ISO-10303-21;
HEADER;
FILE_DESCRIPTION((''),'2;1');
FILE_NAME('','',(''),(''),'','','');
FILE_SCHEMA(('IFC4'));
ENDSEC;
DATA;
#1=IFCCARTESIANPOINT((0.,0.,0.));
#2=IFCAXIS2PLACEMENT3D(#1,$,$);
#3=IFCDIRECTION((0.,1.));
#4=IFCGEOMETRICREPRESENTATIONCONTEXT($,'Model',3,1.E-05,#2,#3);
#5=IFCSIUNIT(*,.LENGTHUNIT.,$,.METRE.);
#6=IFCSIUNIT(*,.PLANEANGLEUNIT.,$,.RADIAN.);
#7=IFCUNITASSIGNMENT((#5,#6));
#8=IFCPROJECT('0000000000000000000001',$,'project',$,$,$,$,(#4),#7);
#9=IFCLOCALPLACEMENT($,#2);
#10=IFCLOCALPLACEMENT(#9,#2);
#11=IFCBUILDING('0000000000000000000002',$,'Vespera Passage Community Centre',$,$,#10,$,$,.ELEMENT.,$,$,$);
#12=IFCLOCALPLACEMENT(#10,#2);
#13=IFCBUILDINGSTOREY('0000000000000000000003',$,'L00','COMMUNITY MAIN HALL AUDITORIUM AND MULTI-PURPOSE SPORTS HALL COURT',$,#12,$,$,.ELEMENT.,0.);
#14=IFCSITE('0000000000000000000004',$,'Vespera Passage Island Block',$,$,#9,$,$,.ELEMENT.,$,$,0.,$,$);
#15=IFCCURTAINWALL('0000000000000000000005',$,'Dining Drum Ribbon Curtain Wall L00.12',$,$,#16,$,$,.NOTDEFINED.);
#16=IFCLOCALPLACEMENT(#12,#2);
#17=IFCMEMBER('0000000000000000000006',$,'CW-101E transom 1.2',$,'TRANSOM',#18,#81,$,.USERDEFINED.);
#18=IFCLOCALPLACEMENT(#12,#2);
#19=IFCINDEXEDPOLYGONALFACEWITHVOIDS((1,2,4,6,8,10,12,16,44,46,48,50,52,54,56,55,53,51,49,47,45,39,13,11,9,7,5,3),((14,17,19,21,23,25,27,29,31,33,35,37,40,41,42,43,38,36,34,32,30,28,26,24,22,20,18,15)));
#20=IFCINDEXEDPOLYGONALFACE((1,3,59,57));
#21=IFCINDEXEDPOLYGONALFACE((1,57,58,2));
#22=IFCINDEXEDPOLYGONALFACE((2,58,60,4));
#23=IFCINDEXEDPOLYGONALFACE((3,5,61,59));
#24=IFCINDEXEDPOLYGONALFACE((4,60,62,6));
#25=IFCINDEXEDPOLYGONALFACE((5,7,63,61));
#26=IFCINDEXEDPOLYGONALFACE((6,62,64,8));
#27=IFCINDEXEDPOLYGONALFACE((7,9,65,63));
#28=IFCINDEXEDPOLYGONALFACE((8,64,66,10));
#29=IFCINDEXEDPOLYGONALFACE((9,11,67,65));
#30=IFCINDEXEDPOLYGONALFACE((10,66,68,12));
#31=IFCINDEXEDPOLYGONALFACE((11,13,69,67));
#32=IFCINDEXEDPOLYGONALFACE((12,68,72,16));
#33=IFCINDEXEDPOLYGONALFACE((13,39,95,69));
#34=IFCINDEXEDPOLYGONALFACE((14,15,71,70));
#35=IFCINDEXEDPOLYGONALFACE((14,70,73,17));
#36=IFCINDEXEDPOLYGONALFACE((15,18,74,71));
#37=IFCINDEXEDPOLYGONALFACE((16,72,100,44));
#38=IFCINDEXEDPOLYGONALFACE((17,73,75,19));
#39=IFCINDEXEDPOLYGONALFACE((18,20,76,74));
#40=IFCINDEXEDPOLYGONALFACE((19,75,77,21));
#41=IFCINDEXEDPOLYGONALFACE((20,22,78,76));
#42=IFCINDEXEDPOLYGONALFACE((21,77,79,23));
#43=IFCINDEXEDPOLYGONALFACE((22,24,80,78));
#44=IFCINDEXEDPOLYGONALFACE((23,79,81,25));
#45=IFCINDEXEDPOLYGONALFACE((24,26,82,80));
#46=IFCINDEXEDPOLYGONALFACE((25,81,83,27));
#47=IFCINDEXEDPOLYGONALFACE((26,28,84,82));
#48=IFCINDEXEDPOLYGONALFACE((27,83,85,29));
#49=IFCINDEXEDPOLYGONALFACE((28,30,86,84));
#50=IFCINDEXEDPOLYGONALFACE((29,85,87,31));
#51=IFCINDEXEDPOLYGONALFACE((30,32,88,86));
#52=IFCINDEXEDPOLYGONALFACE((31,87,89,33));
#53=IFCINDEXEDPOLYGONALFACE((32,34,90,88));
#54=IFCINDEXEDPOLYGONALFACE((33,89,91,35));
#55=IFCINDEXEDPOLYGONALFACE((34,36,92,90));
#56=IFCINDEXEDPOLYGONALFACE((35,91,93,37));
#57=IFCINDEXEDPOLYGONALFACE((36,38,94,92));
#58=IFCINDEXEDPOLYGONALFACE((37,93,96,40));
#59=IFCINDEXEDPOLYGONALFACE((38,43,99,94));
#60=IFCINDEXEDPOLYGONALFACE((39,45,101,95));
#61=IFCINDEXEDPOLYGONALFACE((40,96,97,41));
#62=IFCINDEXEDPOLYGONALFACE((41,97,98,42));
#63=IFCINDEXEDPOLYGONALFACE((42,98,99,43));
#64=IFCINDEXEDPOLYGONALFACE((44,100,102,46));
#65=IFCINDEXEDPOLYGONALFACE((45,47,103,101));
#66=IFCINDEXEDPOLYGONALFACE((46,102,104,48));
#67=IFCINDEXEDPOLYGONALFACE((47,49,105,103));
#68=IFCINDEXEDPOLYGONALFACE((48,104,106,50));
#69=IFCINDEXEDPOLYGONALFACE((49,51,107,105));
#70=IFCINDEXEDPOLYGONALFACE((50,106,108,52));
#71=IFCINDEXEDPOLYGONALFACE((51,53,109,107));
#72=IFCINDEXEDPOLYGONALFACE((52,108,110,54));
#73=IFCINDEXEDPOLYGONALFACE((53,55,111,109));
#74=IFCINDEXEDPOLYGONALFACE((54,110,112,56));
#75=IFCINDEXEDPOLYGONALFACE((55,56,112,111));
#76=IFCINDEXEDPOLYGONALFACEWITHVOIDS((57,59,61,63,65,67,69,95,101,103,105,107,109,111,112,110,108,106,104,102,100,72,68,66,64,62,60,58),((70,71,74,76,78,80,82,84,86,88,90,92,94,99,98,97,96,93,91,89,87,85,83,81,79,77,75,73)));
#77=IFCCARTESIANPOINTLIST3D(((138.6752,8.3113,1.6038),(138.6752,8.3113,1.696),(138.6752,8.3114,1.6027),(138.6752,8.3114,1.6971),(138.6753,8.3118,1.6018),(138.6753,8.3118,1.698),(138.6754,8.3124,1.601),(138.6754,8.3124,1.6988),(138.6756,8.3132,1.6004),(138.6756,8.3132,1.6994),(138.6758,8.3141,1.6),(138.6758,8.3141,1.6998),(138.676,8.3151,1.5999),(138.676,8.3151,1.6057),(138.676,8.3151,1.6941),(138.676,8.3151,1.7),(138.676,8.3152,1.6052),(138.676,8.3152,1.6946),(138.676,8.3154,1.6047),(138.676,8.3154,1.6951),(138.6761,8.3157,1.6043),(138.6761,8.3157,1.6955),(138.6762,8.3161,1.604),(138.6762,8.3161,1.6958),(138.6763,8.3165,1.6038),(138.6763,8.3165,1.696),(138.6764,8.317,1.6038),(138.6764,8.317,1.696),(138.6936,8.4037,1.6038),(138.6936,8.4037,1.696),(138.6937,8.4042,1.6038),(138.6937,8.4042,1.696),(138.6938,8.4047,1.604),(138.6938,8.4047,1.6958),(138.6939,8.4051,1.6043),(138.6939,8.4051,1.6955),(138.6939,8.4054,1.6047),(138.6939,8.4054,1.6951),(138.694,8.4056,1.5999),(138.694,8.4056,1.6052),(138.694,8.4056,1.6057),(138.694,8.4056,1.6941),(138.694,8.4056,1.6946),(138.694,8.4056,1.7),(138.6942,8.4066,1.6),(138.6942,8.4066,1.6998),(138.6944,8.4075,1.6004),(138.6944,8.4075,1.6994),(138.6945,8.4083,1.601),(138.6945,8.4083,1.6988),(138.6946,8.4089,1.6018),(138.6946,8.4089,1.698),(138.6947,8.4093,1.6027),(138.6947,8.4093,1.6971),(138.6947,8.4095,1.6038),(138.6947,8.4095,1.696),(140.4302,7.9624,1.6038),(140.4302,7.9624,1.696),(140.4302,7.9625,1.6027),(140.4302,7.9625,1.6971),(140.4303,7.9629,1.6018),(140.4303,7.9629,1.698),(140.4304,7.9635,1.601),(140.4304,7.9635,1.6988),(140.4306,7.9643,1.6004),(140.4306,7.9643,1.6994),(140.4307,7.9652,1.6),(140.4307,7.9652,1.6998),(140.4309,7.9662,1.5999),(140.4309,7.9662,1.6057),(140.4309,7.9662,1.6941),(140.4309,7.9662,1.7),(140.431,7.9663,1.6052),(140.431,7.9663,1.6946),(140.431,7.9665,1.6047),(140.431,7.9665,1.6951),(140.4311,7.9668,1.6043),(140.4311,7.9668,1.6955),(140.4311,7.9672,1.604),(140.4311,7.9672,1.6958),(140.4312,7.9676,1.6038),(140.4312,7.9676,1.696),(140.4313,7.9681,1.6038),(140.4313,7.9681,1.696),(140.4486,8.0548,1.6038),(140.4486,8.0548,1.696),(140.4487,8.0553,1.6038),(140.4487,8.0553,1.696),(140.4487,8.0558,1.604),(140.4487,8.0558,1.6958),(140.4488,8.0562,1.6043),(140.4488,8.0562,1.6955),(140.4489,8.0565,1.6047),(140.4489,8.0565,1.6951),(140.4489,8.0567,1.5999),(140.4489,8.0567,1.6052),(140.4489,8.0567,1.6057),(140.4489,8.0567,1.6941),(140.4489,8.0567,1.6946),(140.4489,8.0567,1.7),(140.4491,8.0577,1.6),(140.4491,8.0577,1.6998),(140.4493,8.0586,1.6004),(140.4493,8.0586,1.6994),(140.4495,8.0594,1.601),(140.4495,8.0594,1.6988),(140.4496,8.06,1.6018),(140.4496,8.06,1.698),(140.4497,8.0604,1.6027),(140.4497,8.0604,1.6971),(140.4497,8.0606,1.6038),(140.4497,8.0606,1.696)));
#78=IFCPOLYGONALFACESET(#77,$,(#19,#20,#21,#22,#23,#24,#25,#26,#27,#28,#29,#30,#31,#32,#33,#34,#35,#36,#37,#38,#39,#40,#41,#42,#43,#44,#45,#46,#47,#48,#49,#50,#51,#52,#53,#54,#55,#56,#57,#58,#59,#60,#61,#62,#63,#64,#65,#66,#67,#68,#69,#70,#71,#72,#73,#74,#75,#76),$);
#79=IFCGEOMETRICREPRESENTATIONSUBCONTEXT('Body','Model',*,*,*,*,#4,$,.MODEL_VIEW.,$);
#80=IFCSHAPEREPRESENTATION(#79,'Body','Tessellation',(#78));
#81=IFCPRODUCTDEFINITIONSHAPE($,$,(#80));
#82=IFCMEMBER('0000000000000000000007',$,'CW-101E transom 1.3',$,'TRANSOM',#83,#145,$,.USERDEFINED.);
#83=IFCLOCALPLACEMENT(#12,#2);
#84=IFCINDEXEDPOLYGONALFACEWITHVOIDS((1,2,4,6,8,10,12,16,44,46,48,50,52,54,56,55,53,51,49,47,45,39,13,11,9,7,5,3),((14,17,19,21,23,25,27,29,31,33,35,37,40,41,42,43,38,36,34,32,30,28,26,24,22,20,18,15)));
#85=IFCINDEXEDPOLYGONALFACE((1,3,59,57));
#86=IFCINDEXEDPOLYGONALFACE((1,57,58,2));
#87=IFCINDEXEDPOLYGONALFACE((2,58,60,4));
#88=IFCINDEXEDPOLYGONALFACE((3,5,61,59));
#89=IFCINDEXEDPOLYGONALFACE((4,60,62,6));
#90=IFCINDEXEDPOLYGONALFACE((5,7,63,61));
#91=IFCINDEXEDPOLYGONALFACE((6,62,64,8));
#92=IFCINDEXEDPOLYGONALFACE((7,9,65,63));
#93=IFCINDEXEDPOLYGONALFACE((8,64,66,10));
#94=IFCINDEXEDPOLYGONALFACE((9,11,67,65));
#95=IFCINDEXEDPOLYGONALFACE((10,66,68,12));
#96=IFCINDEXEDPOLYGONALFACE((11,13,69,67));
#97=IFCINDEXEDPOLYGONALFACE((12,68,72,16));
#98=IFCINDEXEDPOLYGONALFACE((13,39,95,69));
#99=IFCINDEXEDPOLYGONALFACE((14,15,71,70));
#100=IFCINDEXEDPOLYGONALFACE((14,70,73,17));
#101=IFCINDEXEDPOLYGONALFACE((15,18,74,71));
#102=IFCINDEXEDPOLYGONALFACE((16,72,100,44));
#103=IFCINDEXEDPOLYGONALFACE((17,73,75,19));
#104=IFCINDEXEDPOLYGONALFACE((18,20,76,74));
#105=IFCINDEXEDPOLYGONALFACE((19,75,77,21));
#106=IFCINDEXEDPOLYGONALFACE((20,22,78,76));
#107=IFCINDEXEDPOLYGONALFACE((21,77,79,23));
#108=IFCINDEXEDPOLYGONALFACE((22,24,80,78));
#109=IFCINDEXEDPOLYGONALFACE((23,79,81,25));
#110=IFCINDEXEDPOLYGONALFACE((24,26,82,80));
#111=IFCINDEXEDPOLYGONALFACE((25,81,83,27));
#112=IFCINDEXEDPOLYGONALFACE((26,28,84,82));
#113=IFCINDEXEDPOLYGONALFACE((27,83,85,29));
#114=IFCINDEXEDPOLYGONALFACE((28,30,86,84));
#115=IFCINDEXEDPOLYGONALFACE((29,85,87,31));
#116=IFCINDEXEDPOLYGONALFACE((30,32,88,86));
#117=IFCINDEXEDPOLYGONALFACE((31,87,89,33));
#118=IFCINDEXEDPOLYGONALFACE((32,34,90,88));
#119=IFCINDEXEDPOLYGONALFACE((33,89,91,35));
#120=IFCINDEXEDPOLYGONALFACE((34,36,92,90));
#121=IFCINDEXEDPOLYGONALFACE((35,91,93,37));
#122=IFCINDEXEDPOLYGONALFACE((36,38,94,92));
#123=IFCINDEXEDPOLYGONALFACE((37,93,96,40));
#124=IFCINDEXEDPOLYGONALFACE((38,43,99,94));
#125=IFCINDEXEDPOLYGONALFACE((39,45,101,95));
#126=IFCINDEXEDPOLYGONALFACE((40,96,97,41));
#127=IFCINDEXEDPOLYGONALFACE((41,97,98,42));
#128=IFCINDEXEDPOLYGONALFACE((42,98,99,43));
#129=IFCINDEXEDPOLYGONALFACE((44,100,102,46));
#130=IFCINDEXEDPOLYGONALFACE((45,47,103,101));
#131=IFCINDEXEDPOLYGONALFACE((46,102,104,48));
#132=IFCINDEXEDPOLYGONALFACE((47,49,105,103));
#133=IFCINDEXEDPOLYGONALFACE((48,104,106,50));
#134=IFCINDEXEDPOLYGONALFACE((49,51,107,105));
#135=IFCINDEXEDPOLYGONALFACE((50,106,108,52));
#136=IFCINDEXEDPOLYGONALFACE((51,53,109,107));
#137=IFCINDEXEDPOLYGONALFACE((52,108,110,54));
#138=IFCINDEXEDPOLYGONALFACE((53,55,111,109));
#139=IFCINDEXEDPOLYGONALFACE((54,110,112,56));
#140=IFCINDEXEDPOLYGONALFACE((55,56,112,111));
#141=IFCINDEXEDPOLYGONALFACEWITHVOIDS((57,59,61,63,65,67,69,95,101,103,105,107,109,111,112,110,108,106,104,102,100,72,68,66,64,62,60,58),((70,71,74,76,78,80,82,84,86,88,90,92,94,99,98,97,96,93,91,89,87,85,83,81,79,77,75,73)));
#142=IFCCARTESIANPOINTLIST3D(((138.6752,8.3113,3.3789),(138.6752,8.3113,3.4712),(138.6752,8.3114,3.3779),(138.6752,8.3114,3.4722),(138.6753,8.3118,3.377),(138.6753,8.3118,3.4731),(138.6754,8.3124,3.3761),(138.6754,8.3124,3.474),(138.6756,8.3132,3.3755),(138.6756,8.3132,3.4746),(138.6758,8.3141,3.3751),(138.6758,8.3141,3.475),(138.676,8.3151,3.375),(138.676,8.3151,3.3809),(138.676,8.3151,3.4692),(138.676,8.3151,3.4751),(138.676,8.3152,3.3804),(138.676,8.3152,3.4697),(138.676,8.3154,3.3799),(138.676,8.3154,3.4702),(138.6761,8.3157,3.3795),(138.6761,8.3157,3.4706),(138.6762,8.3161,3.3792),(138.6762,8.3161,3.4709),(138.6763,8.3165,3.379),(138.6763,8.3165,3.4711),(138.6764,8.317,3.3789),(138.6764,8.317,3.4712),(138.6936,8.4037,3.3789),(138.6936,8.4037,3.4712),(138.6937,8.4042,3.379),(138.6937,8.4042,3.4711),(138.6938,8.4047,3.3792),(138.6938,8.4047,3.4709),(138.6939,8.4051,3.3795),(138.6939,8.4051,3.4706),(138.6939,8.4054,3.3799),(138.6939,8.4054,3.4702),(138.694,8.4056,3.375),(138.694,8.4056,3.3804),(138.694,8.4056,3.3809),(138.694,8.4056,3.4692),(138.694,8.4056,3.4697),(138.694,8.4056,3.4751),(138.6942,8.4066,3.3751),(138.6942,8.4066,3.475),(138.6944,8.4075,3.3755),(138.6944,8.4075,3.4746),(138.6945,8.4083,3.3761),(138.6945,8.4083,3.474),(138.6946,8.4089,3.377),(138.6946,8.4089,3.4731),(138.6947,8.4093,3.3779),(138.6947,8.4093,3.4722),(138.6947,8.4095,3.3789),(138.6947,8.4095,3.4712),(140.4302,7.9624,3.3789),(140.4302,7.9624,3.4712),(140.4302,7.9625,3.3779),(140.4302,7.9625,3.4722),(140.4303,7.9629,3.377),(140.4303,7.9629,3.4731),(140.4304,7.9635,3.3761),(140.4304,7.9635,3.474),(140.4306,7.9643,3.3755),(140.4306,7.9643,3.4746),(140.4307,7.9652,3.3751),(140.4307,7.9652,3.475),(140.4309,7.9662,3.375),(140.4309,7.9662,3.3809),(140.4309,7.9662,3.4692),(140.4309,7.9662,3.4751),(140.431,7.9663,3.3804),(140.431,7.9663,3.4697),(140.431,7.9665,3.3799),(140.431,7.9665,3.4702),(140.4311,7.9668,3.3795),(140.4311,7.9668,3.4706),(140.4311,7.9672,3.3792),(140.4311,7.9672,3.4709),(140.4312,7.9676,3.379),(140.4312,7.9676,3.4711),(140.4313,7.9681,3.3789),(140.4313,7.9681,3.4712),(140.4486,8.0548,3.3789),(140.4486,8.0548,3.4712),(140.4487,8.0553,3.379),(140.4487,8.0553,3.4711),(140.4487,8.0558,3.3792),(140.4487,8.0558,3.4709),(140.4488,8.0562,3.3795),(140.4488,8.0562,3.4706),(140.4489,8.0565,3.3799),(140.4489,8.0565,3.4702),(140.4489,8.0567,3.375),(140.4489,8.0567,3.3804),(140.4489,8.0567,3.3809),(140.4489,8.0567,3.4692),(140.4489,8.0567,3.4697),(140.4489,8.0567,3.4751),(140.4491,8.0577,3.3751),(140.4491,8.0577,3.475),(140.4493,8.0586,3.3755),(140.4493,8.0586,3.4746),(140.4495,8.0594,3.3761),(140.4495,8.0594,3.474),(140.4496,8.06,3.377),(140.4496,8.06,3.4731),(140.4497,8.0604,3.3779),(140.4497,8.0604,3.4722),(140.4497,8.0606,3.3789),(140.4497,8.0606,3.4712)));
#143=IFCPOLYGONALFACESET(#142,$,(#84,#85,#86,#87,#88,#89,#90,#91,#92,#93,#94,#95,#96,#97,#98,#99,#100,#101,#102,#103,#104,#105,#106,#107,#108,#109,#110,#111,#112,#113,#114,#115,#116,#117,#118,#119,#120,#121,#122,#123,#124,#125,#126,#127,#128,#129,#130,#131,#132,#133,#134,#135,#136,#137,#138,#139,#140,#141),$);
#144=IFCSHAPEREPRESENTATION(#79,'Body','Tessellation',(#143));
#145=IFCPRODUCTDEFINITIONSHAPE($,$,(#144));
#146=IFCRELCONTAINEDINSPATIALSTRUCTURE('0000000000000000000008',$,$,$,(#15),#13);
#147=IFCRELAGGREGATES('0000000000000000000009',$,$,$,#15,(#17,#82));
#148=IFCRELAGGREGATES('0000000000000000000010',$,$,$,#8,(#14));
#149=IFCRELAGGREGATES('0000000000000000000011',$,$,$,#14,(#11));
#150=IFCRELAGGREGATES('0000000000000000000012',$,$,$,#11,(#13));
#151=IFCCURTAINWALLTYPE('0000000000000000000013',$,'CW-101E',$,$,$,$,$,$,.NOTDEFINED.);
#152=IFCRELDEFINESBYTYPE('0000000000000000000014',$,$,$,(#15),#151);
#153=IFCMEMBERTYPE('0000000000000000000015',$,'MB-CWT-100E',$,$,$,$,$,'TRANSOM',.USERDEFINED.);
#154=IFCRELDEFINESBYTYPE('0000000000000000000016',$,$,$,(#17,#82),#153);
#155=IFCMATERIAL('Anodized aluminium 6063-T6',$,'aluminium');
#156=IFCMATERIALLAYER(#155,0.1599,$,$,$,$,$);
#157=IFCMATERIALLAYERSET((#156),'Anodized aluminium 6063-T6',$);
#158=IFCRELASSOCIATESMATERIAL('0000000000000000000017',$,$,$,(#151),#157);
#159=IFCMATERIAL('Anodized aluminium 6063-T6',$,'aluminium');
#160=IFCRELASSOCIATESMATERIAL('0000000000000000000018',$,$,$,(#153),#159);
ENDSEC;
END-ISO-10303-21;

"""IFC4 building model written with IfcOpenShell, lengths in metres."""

from ifc_helpers import new_model, si_unit, direction, frame, origin, origin_2d, place, context, subcontext, project, spatial, hollow_rectangle, extrude, material, layer, layer_set, material_profile, profile_set, type_object, element, aggregate, save


model = new_model("IFC4")

# Units and contexts
model_context = context("Model", 3, precision=1e-05, world=origin(), true_north=direction((0.0, 1.0)))
body_context = subcontext(model_context, "Body", "Model", "MODEL_VIEW")
ifc_project = project(units=[si_unit("LENGTHUNIT", "METRE"), si_unit("PLANEANGLEUNIT", "RADIAN")], contexts=[model_context])

# Site, building, storey
site_placement = place(None, origin())
site = spatial("IfcSite", under=ifc_project, at=site_placement, Name="Vespera Passage Island Block", CompositionType="ELEMENT", RefElevation=0.0)
building_placement = place(site_placement, origin())
building = spatial("IfcBuilding", under=site, at=building_placement, Name="Vespera Passage Community Centre", CompositionType="ELEMENT")
storey_placement = place(building_placement, origin())
storey = spatial("IfcBuildingStorey", under=building, at=storey_placement, Name="L00", Description="COMMUNITY MAIN HALL AUDITORIUM AND MULTI-PURPOSE SPORTS HALL COURT", CompositionType="ELEMENT", Elevation=0.0)

# Curtain wall, members
ifc_material_1 = material(Name="Anodized aluminium 6063-T6", Category="aluminium")
ifc_layer_1 = layer(ifc_material_1, 0.1599)
ifc_layer_set_1 = layer_set([ifc_layer_1], Name="Anodized aluminium 6063-T6")
curtain_wall_type_1 = type_object("IfcCurtainWallType", Name="CW-101E", PredefinedType="NOTDEFINED", material=ifc_layer_set_1)
curtain_wall_1_placement = place(storey_placement, origin())
curtain_wall_1 = element("IfcCurtainWall", 1, at=curtain_wall_1_placement, inside=storey, type_object=curtain_wall_type_1, Name="Dining Drum Ribbon Curtain Wall L00.12", PredefinedType="NOTDEFINED")
ifc_material_2 = material(Name="Anodized aluminium 6063-T6", Category="aluminium")
ifc_material_profile_1 = material_profile(ifc_material_2, hollow_rectangle(XDim=0.1001, YDim=0.1001, WallThickness=0.0039, InnerFilletRadius=0.002, OuterFilletRadius=0.0039, at=origin_2d()), Name="ALU100X100X4")
ifc_profile_set_1 = profile_set([ifc_material_profile_1], Name="Anodized aluminium 6063-T6")
member_type_1 = type_object("IfcMemberType", Name="MB-CWT-100E", ElementType="TRANSOM", PredefinedType="USERDEFINED", material=ifc_profile_set_1)
member_1_placement = place(storey_placement, frame((140.4399, 8.0115, 1.6499), z_axis=(-0.980806, 0.194988, 0.0), x_axis=(-0.194988, -0.980806, 0.0)))
member_1 = element("IfcMember", 2, at=member_1_placement, type_object=member_type_1, Name="CW-101E transom 1.2", ObjectType="TRANSOM", PredefinedType="USERDEFINED", context=body_context, shape_type="SweptSolid", body=[
    extrude(hollow_rectangle(XDim=0.1001, YDim=0.1001, WallThickness=0.0039, InnerFilletRadius=0.002, OuterFilletRadius=0.0039, at=origin_2d()), origin(), (0.0, 0.0, 1.0), 1.7893),
])
member_2_placement = place(storey_placement, frame((140.4399, 8.0115, 3.425), z_axis=(-0.980806, 0.194988, 0.0), x_axis=(-0.194988, -0.980806, 0.0)))
member_2 = element("IfcMember", 3, at=member_2_placement, type_object=member_type_1, Name="CW-101E transom 1.3", ObjectType="TRANSOM", PredefinedType="USERDEFINED", context=body_context, shape_type="SweptSolid", body=[
    extrude(hollow_rectangle(XDim=0.1001, YDim=0.1001, WallThickness=0.0039, InnerFilletRadius=0.002, OuterFilletRadius=0.0039, at=origin_2d()), origin(), (0.0, 0.0, 1.0), 1.7893),
])

aggregate(curtain_wall_1, [member_1, member_2])

save(model, "model.ifc")
